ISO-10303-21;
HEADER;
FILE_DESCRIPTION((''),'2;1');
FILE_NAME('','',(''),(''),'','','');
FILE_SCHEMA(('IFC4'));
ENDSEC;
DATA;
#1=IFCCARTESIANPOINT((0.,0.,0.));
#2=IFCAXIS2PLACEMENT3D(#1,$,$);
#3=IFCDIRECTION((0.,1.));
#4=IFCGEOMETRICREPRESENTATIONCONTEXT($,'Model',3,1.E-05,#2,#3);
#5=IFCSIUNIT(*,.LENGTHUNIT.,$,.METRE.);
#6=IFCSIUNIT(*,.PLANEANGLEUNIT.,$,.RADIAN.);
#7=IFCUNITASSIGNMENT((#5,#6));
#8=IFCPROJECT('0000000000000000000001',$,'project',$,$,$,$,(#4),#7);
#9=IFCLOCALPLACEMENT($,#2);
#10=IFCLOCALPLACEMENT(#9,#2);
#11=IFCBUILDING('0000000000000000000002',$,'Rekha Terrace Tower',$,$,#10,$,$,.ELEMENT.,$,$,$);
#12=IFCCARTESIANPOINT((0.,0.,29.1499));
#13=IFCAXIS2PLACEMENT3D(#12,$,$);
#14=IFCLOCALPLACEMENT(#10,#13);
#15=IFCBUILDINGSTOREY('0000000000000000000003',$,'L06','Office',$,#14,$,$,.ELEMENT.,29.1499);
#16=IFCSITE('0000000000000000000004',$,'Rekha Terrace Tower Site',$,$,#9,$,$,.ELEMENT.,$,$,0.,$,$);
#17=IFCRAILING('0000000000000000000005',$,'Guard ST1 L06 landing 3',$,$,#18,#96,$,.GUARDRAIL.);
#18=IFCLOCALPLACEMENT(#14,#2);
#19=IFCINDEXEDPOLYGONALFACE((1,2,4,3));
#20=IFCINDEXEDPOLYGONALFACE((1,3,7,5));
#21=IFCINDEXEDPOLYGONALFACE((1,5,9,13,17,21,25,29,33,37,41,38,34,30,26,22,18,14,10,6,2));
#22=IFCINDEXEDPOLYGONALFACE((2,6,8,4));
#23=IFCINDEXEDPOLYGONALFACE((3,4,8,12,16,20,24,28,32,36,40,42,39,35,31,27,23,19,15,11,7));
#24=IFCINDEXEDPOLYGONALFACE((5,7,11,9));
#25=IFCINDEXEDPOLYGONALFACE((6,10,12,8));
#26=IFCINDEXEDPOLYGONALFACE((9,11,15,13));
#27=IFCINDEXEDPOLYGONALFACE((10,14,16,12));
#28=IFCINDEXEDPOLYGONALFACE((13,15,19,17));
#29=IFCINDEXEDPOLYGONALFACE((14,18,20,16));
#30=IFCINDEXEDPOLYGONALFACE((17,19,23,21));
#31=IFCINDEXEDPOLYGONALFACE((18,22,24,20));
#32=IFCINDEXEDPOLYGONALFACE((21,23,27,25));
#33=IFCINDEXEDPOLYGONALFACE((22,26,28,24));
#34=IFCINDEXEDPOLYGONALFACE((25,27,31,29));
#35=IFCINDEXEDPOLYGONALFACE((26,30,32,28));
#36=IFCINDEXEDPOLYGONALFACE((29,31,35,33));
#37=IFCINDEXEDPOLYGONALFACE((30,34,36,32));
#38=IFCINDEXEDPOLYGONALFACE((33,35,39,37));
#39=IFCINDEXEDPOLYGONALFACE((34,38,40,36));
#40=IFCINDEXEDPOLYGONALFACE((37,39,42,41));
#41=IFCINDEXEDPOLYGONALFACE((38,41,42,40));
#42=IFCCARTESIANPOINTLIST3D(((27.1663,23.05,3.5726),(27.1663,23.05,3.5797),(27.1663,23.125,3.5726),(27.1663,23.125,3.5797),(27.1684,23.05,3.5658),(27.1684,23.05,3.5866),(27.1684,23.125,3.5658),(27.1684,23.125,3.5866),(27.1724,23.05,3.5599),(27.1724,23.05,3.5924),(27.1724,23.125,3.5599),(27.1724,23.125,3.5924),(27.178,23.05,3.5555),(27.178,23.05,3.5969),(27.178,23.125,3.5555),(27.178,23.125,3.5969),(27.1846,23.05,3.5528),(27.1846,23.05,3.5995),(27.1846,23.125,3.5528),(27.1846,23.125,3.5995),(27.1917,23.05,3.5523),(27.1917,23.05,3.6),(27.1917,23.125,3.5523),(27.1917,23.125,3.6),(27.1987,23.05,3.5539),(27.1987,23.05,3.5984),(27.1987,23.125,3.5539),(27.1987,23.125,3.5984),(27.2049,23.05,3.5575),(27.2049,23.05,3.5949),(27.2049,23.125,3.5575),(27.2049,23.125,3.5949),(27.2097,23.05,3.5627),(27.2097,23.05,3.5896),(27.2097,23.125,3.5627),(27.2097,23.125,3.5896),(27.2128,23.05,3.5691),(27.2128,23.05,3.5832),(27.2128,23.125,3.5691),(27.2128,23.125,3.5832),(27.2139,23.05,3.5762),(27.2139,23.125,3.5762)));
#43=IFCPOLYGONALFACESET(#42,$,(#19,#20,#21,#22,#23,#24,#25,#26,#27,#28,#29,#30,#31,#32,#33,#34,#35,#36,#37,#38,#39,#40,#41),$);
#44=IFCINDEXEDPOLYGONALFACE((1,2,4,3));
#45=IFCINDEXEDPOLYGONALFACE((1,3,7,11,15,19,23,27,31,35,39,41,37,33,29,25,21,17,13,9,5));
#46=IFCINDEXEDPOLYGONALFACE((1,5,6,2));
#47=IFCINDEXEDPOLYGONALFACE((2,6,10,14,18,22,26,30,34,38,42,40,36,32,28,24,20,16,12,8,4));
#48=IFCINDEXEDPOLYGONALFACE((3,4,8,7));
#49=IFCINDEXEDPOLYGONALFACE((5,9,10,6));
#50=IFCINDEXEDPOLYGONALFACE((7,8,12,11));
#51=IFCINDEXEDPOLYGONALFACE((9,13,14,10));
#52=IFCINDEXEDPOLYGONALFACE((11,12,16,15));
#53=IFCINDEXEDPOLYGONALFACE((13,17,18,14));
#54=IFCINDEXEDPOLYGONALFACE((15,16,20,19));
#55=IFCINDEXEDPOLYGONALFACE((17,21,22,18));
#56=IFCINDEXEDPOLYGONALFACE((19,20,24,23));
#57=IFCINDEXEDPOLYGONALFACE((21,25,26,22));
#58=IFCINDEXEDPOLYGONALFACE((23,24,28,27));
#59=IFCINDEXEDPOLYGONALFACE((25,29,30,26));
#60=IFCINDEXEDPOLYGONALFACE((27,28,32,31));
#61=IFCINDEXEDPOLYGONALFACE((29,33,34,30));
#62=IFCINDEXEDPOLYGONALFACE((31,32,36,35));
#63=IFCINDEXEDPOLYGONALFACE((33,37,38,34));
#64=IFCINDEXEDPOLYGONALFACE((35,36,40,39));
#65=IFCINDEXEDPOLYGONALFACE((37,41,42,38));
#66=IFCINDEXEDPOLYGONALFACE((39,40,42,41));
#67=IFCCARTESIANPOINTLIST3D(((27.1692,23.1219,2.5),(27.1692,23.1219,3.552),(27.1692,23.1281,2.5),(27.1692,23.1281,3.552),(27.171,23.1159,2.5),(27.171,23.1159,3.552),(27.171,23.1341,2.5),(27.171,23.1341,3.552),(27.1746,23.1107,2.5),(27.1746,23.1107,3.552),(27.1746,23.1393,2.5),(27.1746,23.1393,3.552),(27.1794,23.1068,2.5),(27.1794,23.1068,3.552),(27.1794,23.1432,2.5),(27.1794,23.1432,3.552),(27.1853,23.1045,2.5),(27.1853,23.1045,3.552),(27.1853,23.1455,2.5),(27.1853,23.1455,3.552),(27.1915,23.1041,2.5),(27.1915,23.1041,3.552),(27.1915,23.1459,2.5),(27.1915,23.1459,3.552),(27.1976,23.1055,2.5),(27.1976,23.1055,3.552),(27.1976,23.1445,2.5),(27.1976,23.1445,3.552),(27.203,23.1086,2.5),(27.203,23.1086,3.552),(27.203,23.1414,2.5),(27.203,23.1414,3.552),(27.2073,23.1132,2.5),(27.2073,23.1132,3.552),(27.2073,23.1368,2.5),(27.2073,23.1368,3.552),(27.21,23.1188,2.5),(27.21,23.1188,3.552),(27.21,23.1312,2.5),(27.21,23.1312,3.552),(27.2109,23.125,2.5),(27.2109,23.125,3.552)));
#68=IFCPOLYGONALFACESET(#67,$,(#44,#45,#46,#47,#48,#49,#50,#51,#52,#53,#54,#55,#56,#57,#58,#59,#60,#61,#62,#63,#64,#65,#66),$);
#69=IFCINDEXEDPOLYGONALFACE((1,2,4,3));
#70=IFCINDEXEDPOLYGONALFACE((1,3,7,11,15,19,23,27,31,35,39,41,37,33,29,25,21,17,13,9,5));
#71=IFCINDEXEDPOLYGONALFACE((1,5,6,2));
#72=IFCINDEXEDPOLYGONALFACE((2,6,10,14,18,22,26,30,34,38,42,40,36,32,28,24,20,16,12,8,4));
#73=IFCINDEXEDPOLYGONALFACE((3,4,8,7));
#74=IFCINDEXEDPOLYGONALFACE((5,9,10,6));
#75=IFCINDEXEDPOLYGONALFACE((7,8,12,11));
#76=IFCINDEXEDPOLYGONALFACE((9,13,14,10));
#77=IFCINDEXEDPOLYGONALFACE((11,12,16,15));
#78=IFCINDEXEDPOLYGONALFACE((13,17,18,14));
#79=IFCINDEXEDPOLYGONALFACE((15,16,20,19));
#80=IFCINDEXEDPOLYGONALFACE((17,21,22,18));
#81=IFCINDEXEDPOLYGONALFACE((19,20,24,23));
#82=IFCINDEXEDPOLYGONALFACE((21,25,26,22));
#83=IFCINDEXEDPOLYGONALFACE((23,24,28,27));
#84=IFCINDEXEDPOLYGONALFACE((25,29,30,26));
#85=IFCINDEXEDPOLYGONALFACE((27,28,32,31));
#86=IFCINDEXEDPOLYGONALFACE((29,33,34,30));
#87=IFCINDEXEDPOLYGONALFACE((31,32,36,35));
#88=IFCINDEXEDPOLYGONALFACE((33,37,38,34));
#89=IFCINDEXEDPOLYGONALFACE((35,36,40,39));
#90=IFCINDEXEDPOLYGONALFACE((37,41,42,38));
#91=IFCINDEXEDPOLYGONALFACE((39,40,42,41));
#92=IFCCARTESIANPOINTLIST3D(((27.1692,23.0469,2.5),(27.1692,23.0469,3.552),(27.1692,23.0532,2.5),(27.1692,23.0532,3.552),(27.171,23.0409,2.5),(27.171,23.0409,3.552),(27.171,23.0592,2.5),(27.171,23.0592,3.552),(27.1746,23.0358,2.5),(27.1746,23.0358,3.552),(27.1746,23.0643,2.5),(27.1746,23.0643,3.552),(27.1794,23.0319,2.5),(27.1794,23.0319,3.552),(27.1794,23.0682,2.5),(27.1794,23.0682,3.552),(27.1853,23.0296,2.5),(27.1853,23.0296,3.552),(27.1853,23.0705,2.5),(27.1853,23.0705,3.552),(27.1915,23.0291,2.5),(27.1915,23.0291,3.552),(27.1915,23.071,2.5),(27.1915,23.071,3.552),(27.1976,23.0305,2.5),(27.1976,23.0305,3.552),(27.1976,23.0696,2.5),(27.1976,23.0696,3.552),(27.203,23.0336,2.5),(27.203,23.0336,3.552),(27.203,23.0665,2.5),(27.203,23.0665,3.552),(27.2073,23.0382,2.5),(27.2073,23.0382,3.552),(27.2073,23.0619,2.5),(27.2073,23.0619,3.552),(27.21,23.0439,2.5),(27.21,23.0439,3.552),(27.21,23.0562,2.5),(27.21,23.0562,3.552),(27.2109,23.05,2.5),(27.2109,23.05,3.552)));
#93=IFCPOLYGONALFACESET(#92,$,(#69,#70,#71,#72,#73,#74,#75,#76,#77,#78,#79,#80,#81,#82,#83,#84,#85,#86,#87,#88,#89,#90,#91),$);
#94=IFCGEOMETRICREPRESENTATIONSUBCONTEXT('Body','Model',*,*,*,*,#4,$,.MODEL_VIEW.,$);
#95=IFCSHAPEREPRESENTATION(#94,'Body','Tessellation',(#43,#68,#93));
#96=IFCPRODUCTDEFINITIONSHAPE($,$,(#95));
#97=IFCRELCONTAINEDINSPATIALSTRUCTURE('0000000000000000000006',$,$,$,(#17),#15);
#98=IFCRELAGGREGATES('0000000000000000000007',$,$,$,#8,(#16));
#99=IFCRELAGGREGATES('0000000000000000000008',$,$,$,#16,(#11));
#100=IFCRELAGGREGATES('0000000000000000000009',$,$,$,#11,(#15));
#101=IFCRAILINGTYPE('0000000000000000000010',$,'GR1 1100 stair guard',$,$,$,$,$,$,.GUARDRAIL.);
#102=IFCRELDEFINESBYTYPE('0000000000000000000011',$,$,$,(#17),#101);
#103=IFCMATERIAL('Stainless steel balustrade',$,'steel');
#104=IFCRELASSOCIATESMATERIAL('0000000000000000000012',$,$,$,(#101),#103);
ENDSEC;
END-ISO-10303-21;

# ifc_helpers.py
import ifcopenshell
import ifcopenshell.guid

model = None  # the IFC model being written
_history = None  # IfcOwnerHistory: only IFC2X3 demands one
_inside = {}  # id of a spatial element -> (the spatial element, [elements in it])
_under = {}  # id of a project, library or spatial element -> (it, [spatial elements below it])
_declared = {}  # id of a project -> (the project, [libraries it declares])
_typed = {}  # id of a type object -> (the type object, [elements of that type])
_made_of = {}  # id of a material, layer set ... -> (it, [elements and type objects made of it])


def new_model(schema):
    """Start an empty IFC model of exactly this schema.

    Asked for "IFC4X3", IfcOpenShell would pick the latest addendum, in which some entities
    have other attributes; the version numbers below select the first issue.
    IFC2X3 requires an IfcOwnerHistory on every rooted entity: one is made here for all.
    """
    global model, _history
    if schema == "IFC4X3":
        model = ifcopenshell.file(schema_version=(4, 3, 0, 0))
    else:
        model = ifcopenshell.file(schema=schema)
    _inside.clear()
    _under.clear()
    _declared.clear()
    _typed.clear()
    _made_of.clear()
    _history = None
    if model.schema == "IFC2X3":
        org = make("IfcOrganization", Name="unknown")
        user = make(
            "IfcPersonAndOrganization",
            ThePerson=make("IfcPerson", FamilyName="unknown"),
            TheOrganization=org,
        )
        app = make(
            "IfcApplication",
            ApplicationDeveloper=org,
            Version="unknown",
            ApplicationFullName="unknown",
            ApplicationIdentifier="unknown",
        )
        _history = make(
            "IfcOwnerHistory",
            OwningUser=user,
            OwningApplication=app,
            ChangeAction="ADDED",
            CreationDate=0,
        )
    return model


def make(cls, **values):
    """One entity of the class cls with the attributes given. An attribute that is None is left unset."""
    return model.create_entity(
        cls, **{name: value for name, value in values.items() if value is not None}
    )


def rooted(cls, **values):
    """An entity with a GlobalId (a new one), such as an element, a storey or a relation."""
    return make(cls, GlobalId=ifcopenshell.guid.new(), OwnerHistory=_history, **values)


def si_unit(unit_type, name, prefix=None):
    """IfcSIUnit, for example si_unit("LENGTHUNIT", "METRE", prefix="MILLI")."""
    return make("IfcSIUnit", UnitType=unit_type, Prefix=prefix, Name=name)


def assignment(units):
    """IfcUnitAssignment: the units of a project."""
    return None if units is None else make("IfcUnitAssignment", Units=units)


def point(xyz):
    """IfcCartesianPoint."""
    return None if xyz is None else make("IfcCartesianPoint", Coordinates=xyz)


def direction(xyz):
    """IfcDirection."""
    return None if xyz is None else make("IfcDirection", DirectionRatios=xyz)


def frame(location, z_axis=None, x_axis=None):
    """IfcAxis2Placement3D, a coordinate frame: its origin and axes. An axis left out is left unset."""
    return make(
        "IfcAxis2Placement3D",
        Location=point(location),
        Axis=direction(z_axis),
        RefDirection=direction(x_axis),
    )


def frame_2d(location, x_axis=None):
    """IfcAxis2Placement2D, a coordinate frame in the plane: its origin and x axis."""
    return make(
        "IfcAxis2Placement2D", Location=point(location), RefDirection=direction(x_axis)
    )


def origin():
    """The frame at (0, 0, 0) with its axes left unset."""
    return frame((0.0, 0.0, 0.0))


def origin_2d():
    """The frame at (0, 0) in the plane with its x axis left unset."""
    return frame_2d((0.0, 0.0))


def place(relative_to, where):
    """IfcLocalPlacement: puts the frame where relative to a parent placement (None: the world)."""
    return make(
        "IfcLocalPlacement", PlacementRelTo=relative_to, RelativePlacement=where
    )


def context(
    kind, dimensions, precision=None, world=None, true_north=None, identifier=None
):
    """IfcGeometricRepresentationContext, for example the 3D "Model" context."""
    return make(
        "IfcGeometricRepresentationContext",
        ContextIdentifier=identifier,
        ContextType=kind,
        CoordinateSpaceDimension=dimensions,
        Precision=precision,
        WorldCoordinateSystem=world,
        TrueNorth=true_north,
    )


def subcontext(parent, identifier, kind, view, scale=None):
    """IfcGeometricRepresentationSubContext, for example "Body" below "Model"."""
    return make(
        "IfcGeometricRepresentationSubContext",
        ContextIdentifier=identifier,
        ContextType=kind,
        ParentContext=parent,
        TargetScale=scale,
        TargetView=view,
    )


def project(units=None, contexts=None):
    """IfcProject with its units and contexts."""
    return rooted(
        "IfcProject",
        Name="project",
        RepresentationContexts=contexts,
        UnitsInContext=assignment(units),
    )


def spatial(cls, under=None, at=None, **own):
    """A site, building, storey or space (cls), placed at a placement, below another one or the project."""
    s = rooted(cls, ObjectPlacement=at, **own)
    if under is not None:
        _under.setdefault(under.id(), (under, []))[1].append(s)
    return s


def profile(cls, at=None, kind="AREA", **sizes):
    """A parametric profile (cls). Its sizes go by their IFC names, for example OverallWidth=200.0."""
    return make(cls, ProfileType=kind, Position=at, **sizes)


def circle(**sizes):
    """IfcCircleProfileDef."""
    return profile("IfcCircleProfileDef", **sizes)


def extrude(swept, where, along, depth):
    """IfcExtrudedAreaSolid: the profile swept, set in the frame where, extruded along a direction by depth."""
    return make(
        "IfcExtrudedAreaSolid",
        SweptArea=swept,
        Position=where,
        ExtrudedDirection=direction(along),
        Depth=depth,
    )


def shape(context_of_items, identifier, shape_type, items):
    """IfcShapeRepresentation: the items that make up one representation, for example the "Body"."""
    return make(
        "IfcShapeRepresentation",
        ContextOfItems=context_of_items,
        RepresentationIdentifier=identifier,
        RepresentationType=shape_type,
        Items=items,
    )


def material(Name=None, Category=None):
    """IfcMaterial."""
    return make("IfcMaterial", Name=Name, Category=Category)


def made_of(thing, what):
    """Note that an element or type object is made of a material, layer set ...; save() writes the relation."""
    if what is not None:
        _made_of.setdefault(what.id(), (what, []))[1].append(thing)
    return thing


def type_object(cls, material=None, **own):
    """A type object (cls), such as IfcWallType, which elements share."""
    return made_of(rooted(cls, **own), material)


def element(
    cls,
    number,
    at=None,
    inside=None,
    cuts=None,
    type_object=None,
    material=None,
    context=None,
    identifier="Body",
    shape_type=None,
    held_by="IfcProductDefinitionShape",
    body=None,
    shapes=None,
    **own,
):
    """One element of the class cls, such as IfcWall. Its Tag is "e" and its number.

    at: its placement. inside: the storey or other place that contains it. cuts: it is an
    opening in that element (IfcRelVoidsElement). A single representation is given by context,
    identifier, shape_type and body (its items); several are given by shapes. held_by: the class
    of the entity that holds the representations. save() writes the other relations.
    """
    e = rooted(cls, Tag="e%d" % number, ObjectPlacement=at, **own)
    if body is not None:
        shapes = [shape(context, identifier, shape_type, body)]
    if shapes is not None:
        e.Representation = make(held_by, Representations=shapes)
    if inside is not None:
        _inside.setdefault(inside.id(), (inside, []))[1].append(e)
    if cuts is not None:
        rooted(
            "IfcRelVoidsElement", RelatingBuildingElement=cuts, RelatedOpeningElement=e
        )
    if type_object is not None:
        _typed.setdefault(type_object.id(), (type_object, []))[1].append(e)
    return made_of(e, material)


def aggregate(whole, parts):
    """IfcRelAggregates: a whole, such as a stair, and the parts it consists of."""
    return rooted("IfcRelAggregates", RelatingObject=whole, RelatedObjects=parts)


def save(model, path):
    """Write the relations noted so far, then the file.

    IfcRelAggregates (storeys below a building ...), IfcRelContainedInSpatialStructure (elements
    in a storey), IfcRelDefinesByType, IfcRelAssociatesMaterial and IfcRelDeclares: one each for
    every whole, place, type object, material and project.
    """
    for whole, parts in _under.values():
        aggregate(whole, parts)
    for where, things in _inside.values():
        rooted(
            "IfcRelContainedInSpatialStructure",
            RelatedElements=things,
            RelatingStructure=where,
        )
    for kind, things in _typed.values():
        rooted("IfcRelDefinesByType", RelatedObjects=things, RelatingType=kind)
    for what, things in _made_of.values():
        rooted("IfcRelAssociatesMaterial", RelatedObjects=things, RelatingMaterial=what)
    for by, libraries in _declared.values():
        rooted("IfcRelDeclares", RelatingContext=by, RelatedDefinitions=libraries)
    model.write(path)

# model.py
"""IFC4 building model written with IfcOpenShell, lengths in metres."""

from ifc_helpers import new_model, si_unit, direction, frame, origin, origin_2d, place, context, subcontext, project, spatial, circle, extrude, material, type_object, element, save


model = new_model("IFC4")

# Units and contexts
model_context = context("Model", 3, precision=1e-05, world=origin(), true_north=direction((0.0, 1.0)))
body_context = subcontext(model_context, "Body", "Model", "MODEL_VIEW")
ifc_project = project(units=[si_unit("LENGTHUNIT", "METRE"), si_unit("PLANEANGLEUNIT", "RADIAN")], contexts=[model_context])

# Site, building, storey
site_placement = place(None, origin())
site = spatial("IfcSite", under=ifc_project, at=site_placement, Name="Rekha Terrace Tower Site", CompositionType="ELEMENT", RefElevation=0.0)
building_placement = place(site_placement, origin())
building = spatial("IfcBuilding", under=site, at=building_placement, Name="Rekha Terrace Tower", CompositionType="ELEMENT")
storey_placement = place(building_placement, frame((0.0, 0.0, 29.1499)))
storey = spatial("IfcBuildingStorey", under=building, at=storey_placement, Name="L06", Description="Office", CompositionType="ELEMENT", Elevation=29.1499)

# Railing
ifc_material_1 = material(Name="Stainless steel balustrade", Category="steel")
railing_type_1 = type_object("IfcRailingType", Name="GR1 1100 stair guard", PredefinedType="GUARDRAIL", material=ifc_material_1)
railing_1_placement = place(storey_placement, frame((27.1899, 23.125, 2.5)))
element("IfcRailing", 1, at=railing_1_placement, inside=storey, type_object=railing_type_1, Name="Guard ST1 L06 landing 3", PredefinedType="GUARDRAIL", context=body_context, shape_type="SweptSolid", body=[
    extrude(circle(Radius=0.0239, at=origin_2d()), frame((0.0, 0.0, 1.0762), z_axis=(0.0, -1.0, 0.0), x_axis=(1.0, 0.0, 0.0)), (0.0, 0.0, 1.0), 0.075),
    extrude(circle(Radius=0.021, at=origin_2d()), origin(), (0.0, 0.0, 1.0), 1.052),
    extrude(circle(Radius=0.021, at=origin_2d()), frame((0.0, -0.075, 0.0)), (0.0, 0.0, 1.0), 1.052),
])

save(model, "model.ifc")
